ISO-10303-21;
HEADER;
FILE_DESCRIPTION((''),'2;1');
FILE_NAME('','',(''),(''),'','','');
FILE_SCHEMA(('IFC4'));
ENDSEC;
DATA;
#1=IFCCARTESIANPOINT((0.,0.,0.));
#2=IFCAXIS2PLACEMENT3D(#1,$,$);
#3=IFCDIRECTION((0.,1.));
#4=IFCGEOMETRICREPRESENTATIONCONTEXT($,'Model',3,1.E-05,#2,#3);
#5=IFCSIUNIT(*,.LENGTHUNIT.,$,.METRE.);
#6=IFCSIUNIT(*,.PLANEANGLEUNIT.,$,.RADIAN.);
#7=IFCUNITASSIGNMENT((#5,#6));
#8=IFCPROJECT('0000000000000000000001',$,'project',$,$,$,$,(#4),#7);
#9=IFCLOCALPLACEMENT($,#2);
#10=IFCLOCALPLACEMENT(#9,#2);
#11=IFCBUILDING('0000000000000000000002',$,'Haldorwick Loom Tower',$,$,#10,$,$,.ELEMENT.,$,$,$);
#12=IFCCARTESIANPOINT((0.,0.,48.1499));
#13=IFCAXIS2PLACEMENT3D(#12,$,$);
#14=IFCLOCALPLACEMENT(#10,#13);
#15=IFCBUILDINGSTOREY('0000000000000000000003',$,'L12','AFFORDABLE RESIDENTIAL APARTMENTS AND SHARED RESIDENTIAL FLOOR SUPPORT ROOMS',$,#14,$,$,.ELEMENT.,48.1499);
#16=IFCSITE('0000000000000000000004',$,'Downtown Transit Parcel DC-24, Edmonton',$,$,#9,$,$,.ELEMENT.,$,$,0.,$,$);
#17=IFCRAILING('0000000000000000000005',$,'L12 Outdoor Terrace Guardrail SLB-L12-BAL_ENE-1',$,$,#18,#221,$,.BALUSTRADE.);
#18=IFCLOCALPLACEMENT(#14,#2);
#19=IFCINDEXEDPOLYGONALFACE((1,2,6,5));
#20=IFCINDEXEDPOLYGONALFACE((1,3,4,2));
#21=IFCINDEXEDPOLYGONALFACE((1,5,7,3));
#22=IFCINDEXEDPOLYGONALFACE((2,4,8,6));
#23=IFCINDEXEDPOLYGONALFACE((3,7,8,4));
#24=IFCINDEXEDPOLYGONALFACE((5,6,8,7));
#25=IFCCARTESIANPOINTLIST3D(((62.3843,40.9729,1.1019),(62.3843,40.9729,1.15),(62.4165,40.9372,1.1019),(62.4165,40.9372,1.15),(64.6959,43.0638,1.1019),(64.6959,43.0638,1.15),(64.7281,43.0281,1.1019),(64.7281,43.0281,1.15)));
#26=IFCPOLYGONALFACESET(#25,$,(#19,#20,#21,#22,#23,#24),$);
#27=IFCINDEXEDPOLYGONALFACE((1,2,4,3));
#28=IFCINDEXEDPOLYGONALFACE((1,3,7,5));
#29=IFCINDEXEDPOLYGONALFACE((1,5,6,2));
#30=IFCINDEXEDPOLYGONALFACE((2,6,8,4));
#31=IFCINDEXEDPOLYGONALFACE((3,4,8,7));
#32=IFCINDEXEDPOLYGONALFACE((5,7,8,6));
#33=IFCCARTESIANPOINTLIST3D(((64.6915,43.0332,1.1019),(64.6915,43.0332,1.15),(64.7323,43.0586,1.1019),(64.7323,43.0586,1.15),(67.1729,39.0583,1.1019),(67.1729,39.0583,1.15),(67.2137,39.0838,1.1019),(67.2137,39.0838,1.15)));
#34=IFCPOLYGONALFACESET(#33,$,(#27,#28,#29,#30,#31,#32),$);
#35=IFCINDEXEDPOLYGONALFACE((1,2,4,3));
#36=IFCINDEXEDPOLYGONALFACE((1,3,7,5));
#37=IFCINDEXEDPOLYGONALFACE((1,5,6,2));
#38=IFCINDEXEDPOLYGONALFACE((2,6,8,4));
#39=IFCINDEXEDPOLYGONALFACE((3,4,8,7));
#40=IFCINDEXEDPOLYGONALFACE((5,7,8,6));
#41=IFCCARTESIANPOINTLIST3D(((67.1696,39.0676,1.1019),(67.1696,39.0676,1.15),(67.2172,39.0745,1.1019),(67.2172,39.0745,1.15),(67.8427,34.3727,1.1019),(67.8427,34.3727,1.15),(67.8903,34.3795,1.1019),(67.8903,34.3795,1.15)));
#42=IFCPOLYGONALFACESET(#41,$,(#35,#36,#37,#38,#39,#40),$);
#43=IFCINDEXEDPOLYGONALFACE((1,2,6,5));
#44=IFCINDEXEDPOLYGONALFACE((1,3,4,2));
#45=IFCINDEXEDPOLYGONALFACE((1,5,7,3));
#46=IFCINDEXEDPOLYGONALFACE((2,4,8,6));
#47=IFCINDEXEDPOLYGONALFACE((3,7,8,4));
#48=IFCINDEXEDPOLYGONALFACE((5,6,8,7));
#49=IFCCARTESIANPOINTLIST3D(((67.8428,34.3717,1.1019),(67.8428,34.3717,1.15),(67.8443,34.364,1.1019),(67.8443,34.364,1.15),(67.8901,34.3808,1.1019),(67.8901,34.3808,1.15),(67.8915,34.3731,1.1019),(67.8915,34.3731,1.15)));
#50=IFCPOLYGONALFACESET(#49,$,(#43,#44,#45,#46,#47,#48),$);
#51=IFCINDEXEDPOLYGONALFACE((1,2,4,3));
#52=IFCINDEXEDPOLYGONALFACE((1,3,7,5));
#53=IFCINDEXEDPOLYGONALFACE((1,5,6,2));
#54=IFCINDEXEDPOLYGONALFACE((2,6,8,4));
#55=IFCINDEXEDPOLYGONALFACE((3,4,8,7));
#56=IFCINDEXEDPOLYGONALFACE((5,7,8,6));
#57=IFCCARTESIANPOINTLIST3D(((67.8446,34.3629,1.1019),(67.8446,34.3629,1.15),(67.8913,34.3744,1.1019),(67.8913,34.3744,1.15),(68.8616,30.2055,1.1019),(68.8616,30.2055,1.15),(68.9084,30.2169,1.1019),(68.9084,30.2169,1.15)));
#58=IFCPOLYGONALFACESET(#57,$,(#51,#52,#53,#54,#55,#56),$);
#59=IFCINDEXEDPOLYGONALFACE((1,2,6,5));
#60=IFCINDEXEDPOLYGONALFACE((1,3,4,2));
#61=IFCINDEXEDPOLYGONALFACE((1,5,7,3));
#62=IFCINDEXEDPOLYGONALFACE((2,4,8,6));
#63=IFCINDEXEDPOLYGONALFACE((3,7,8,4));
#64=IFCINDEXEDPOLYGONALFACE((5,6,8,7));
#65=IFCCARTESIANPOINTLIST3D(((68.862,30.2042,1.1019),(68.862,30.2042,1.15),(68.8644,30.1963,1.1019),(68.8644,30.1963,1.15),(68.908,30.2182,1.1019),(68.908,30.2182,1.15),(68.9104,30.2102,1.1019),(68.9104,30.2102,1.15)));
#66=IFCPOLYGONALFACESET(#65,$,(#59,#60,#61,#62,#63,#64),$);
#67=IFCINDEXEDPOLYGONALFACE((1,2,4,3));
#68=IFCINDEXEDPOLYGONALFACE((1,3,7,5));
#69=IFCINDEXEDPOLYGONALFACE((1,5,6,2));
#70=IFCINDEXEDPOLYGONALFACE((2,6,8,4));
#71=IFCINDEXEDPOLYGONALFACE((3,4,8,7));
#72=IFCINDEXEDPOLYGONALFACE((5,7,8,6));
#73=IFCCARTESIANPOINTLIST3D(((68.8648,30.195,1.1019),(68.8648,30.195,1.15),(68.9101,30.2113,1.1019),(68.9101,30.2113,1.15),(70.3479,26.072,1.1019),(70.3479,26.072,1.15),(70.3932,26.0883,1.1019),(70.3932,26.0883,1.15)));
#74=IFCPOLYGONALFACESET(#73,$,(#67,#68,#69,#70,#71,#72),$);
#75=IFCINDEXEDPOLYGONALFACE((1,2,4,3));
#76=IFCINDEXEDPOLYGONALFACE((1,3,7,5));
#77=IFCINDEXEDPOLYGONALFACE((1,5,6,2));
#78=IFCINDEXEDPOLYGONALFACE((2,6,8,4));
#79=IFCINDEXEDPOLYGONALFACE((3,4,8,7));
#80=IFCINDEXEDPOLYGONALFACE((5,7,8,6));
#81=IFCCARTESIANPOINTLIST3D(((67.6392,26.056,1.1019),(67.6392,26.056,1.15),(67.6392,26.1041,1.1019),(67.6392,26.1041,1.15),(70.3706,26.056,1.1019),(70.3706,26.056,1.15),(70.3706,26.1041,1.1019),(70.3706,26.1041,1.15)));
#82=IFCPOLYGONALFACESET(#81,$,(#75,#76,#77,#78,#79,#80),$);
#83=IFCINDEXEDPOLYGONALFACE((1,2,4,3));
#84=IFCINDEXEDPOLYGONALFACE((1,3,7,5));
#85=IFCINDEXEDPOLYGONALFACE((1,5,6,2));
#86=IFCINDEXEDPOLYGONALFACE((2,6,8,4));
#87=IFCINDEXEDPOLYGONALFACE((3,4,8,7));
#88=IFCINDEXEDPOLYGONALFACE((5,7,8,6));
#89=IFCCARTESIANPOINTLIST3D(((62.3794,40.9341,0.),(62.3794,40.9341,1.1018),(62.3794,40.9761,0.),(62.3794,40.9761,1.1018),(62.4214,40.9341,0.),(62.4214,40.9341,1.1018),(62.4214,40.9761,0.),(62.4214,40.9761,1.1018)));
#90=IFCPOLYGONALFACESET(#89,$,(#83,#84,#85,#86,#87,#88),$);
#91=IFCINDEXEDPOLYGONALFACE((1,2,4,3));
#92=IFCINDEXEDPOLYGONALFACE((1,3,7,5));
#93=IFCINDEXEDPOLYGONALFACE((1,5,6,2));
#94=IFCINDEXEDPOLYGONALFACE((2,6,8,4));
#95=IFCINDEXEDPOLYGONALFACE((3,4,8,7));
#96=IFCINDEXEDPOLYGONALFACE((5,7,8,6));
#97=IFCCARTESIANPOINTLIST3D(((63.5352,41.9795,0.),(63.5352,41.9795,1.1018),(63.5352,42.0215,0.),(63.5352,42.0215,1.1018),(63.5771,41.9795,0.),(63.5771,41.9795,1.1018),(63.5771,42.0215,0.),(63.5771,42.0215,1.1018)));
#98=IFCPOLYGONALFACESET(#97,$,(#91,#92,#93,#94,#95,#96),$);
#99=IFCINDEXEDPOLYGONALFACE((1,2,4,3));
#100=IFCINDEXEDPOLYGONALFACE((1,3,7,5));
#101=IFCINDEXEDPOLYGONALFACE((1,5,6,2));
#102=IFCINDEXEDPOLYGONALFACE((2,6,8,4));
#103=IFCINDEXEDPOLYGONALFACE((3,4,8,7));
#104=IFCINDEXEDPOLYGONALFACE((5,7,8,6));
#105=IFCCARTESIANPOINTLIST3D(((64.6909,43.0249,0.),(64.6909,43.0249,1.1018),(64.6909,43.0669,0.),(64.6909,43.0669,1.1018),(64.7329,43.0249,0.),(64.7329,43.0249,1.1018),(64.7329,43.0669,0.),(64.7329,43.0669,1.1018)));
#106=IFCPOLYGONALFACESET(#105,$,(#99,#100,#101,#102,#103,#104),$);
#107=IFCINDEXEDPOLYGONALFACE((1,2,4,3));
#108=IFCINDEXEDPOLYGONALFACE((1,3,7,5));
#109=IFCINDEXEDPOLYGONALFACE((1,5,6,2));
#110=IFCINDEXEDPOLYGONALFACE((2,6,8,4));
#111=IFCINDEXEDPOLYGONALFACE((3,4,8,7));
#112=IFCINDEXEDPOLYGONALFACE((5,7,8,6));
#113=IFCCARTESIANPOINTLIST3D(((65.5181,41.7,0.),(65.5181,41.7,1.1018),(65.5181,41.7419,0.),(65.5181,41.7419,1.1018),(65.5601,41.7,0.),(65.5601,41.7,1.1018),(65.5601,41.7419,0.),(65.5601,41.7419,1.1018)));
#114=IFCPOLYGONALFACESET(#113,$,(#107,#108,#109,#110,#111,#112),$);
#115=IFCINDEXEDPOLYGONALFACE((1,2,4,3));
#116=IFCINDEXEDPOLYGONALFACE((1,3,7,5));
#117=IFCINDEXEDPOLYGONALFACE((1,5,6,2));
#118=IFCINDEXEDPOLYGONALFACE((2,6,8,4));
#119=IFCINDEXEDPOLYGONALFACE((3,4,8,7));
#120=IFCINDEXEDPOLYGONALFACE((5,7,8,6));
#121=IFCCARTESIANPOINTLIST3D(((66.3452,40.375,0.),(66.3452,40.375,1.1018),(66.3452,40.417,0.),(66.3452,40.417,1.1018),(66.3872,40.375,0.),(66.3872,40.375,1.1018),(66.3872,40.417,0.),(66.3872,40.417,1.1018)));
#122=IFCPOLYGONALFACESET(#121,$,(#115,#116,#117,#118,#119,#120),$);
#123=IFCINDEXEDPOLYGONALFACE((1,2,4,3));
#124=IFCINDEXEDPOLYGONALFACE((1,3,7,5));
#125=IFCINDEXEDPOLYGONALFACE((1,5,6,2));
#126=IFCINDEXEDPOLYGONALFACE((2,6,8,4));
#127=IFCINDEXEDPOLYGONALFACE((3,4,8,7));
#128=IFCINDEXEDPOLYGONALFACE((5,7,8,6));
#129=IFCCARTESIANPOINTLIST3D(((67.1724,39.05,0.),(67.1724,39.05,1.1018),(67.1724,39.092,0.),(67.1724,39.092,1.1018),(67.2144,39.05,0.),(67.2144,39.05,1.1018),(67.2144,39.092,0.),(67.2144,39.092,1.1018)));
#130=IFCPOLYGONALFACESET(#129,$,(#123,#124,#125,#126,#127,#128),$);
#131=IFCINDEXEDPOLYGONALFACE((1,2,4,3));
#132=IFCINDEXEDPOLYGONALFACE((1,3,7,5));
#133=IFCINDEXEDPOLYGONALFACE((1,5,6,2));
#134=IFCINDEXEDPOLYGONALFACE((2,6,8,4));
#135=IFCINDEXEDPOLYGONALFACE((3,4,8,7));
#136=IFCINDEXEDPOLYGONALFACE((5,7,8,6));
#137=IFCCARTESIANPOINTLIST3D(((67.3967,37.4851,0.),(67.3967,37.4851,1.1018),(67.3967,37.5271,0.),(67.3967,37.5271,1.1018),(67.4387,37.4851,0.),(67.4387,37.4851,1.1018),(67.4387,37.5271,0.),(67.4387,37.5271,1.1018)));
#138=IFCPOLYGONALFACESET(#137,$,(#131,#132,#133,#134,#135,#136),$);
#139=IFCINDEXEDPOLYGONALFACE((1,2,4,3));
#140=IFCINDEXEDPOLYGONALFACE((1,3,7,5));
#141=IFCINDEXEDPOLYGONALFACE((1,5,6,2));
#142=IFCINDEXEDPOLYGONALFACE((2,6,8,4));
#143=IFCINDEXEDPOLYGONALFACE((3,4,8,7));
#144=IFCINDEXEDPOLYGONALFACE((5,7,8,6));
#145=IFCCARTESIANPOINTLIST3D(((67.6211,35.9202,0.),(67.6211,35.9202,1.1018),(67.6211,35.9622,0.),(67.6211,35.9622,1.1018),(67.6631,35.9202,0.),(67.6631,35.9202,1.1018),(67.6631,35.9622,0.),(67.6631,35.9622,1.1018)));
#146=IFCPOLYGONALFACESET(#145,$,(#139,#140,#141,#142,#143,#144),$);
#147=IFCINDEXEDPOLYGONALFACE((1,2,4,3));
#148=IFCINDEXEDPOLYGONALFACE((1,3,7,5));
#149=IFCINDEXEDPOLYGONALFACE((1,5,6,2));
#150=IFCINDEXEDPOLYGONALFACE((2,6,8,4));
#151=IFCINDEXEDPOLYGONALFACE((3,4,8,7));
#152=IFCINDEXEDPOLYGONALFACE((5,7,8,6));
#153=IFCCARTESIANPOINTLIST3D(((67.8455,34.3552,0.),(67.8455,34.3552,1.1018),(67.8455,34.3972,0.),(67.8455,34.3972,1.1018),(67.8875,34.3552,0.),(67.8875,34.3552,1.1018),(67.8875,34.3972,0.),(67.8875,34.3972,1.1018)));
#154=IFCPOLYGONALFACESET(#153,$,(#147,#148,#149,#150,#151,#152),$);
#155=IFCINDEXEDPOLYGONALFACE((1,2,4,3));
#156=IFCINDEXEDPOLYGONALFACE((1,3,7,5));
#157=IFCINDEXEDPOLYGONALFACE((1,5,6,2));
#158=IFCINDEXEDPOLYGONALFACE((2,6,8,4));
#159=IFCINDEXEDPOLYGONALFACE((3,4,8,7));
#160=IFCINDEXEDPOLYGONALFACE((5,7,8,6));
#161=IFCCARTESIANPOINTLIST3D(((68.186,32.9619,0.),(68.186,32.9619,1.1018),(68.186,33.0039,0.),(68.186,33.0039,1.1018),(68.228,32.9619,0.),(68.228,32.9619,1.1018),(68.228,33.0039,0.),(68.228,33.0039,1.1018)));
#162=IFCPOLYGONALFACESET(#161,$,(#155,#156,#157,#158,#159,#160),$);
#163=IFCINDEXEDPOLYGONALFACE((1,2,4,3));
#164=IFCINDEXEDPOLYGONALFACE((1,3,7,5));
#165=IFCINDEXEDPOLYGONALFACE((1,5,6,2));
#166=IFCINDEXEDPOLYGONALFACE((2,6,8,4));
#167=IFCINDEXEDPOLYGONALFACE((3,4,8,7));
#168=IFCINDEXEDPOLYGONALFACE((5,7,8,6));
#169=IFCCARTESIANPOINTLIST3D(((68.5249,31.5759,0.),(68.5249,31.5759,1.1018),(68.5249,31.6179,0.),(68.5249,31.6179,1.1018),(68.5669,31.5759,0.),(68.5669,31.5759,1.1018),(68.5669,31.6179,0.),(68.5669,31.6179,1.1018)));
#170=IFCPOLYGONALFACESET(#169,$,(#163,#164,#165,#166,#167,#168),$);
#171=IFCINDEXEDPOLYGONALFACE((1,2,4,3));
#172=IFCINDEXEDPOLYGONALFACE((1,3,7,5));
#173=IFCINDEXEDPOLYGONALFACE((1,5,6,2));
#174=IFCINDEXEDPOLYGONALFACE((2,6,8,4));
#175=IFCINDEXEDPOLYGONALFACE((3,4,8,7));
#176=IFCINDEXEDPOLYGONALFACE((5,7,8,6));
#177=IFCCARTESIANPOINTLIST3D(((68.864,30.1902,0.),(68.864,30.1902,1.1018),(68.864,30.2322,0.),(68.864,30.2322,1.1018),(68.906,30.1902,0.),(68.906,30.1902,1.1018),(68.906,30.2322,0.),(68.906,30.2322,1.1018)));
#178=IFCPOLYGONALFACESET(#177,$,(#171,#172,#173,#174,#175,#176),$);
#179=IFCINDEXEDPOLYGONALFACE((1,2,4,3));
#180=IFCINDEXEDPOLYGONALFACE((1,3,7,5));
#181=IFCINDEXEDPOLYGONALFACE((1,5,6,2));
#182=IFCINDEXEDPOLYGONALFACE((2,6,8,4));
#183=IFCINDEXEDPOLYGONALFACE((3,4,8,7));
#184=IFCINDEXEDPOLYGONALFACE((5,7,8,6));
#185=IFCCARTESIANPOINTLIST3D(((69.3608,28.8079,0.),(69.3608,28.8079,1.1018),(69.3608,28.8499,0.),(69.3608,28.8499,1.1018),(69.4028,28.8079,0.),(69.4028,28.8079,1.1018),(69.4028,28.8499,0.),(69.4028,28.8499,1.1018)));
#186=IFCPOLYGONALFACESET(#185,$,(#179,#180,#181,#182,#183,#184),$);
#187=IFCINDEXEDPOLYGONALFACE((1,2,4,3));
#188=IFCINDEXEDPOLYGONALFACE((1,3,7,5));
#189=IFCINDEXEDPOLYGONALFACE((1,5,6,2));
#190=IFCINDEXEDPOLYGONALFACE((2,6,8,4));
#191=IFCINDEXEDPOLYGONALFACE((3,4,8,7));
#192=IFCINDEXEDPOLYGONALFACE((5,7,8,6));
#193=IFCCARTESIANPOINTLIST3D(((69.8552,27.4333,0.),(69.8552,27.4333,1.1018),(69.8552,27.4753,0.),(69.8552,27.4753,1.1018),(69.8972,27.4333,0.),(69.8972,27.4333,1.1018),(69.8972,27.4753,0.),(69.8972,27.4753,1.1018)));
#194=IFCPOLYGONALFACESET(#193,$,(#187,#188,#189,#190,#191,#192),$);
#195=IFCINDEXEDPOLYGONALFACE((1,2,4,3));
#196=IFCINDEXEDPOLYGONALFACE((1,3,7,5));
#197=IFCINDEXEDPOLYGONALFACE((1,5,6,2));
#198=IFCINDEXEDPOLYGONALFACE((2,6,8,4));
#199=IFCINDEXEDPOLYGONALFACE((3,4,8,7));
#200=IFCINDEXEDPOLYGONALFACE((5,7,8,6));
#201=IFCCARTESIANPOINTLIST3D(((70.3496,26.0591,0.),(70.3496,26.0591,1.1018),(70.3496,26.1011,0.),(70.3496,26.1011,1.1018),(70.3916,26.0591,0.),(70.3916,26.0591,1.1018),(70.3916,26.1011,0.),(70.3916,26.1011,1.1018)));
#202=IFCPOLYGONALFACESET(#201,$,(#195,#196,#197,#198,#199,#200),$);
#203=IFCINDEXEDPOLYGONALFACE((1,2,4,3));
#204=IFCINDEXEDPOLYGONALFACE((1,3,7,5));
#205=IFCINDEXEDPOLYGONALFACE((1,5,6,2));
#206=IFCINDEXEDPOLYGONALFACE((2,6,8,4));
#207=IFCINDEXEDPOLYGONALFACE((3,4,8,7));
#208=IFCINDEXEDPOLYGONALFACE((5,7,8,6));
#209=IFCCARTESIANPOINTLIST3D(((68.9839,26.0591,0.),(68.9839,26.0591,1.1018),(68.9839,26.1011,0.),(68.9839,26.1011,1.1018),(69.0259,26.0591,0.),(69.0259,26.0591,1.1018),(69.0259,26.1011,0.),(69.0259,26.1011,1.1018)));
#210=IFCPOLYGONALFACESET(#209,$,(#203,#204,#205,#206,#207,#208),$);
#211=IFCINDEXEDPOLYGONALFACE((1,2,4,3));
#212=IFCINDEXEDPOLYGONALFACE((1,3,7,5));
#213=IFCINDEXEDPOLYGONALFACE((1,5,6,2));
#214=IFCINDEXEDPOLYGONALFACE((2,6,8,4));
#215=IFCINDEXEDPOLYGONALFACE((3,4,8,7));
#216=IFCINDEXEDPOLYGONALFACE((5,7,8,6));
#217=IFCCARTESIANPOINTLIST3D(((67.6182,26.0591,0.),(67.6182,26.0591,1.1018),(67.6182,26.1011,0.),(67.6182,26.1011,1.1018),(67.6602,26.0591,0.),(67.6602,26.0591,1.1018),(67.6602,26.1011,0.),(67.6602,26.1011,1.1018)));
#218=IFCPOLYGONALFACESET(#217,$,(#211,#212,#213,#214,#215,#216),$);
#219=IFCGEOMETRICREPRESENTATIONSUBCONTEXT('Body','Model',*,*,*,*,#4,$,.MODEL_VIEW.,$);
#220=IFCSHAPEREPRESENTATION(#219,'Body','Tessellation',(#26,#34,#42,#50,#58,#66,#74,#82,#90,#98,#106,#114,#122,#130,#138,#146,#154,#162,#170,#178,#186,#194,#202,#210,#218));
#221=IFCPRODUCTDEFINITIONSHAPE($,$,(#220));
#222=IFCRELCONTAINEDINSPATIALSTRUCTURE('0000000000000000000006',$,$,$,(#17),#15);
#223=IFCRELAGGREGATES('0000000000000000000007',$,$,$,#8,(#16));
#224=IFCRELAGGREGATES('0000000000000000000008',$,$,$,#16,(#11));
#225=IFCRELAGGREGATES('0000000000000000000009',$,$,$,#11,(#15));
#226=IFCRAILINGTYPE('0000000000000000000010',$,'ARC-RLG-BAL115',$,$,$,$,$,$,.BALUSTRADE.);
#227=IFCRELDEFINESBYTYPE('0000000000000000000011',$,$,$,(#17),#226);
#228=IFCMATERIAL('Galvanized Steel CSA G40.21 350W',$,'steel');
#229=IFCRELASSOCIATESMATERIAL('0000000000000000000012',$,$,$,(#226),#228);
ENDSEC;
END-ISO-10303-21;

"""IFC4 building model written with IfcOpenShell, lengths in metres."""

from ifc_helpers import new_model, si_unit, direction, frame, origin, origin_2d, place, context, subcontext, project, spatial, rectangle, extrude, material, type_object, element, save


model = new_model("IFC4")

# Units and contexts
model_context = context("Model", 3, precision=1e-05, world=origin(), true_north=direction((0.0, 1.0)))
body_context = subcontext(model_context, "Body", "Model", "MODEL_VIEW")
ifc_project = project(units=[si_unit("LENGTHUNIT", "METRE"), si_unit("PLANEANGLEUNIT", "RADIAN")], contexts=[model_context])

# Site, building, storey
site_placement = place(None, origin())
site = spatial("IfcSite", under=ifc_project, at=site_placement, Name="Downtown Transit Parcel DC-24, Edmonton", CompositionType="ELEMENT", RefElevation=0.0)
building_placement = place(site_placement, origin())
building = spatial("IfcBuilding", under=site, at=building_placement, Name="Haldorwick Loom Tower", CompositionType="ELEMENT")
storey_placement = place(building_placement, frame((0.0, 0.0, 48.1499)))
storey = spatial("IfcBuildingStorey", under=building, at=storey_placement, Name="L12", Description="AFFORDABLE RESIDENTIAL APARTMENTS AND SHARED RESIDENTIAL FLOOR SUPPORT ROOMS", CompositionType="ELEMENT", Elevation=48.1499)

# Railing
ifc_material_1 = material(Name="Galvanized Steel CSA G40.21 350W", Category="steel")
railing_type = type_object("IfcRailingType", Name="ARC-RLG-BAL115", PredefinedType="BALUSTRADE", material=ifc_material_1)
railing_placement = place(storey_placement, frame((62.4004, 40.9551, 0.0)))
element("IfcRailing", 1, at=railing_placement, inside=storey, type_object=railing_type, Name="L12 Outdoor Terrace Guardrail SLB-L12-BAL_ENE-1", PredefinedType="BALUSTRADE", context=body_context, shape_type="SweptSolid", body=[
    extrude(rectangle(XDim=0.0481, YDim=0.0481, at=origin_2d()), frame((0.0, 0.0, 1.126), z_axis=(0.741625, 0.670815, 0.0), x_axis=(-0.670815, 0.741625, 0.0)), (0.0, 0.0, 1.0), 3.1169),
    extrude(rectangle(XDim=0.0481, YDim=0.0481, at=origin_2d()), frame((2.3115, 2.0908, 1.126), z_axis=(0.529563, -0.84827, 0.0), x_axis=(0.84827, 0.529563, 0.0)), (0.0, 0.0, 1.0), 4.6858),
    extrude(rectangle(XDim=0.0481, YDim=0.0481, at=origin_2d()), frame((4.793, -1.884, 1.126), z_axis=(0.141919, -0.989878, 0.0), x_axis=(0.989878, 0.141919, 0.0)), (0.0, 0.0, 1.0), 4.7429),
    extrude(rectangle(XDim=0.0481, YDim=0.0481, at=origin_2d()), frame((5.4661, -6.5789, 1.126), z_axis=(0.190022, -0.98178, 0.0), x_axis=(0.98178, 0.190022, 0.0)), (0.0, 0.0, 1.0), 0.0078),
    extrude(rectangle(XDim=0.0481, YDim=0.0481, at=origin_2d()), frame((5.4675, -6.5864, 1.126), z_axis=(0.237634, -0.971355, 0.0), x_axis=(0.971355, 0.237634, 0.0)), (0.0, 0.0, 1.0), 4.28),
    extrude(rectangle(XDim=0.0481, YDim=0.0481, at=origin_2d()), frame((6.4846, -10.7439, 1.126), z_axis=(0.290007, -0.957024, 0.0), x_axis=(0.957024, 0.290007, 0.0)), (0.0, 0.0, 1.0), 0.0083),
    extrude(rectangle(XDim=0.0481, YDim=0.0481, at=origin_2d()), frame((6.4871, -10.752, 1.126), z_axis=(0.338489, -0.94097, 0.0), x_axis=(0.94097, 0.338489, 0.0)), (0.0, 0.0, 1.0), 4.3816),
    extrude(rectangle(XDim=0.0481, YDim=0.0481, at=origin_2d()), frame((7.9702, -14.875, 1.126), z_axis=(-1.0, 0.0, 0.0), x_axis=(0.0, -1.0, 0.0)), (0.0, 0.0, 1.0), 2.7314),
    extrude(rectangle(XDim=0.042, YDim=0.042, at=origin_2d()), origin(), (0.0, 0.0, 1.0), 1.1018),
    extrude(rectangle(XDim=0.042, YDim=0.042, at=origin_2d()), frame((1.1558, 1.0454, 0.0)), (0.0, 0.0, 1.0), 1.1018),
    extrude(rectangle(XDim=0.042, YDim=0.042, at=origin_2d()), frame((2.3115, 2.0908, 0.0)), (0.0, 0.0, 1.0), 1.1018),
    extrude(rectangle(XDim=0.042, YDim=0.042, at=origin_2d()), frame((3.1387, 0.7659, 0.0)), (0.0, 0.0, 1.0), 1.1018),
    extrude(rectangle(XDim=0.042, YDim=0.042, at=origin_2d()), frame((3.9658, -0.5591, 0.0)), (0.0, 0.0, 1.0), 1.1018),
    extrude(rectangle(XDim=0.042, YDim=0.042, at=origin_2d()), frame((4.793, -1.884, 0.0)), (0.0, 0.0, 1.0), 1.1018),
    extrude(rectangle(XDim=0.042, YDim=0.042, at=origin_2d()), frame((5.0173, -3.449, 0.0)), (0.0, 0.0, 1.0), 1.1018),
    extrude(rectangle(XDim=0.042, YDim=0.042, at=origin_2d()), frame((5.2417, -5.0139, 0.0)), (0.0, 0.0, 1.0), 1.1018),
    extrude(rectangle(XDim=0.042, YDim=0.042, at=origin_2d()), frame((5.4661, -6.5789, 0.0)), (0.0, 0.0, 1.0), 1.1018),
    extrude(rectangle(XDim=0.042, YDim=0.042, at=origin_2d()), frame((5.8066, -7.9722, 0.0)), (0.0, 0.0, 1.0), 1.1018),
    extrude(rectangle(XDim=0.042, YDim=0.042, at=origin_2d()), frame((6.1455, -9.3582, 0.0)), (0.0, 0.0, 1.0), 1.1018),
    extrude(rectangle(XDim=0.042, YDim=0.042, at=origin_2d()), frame((6.4846, -10.7439, 0.0)), (0.0, 0.0, 1.0), 1.1018),
    extrude(rectangle(XDim=0.042, YDim=0.042, at=origin_2d()), frame((6.9814, -12.1262, 0.0)), (0.0, 0.0, 1.0), 1.1018),
    extrude(rectangle(XDim=0.042, YDim=0.042, at=origin_2d()), frame((7.4758, -13.5007, 0.0)), (0.0, 0.0, 1.0), 1.1018),
    extrude(rectangle(XDim=0.042, YDim=0.042, at=origin_2d()), frame((7.9702, -14.875, 0.0)), (0.0, 0.0, 1.0), 1.1018),
    extrude(rectangle(XDim=0.042, YDim=0.042, at=origin_2d()), frame((6.6045, -14.875, 0.0)), (0.0, 0.0, 1.0), 1.1018),
    extrude(rectangle(XDim=0.042, YDim=0.042, at=origin_2d()), frame((5.2388, -14.875, 0.0)), (0.0, 0.0, 1.0), 1.1018),
])

save(model, "model.ifc")
